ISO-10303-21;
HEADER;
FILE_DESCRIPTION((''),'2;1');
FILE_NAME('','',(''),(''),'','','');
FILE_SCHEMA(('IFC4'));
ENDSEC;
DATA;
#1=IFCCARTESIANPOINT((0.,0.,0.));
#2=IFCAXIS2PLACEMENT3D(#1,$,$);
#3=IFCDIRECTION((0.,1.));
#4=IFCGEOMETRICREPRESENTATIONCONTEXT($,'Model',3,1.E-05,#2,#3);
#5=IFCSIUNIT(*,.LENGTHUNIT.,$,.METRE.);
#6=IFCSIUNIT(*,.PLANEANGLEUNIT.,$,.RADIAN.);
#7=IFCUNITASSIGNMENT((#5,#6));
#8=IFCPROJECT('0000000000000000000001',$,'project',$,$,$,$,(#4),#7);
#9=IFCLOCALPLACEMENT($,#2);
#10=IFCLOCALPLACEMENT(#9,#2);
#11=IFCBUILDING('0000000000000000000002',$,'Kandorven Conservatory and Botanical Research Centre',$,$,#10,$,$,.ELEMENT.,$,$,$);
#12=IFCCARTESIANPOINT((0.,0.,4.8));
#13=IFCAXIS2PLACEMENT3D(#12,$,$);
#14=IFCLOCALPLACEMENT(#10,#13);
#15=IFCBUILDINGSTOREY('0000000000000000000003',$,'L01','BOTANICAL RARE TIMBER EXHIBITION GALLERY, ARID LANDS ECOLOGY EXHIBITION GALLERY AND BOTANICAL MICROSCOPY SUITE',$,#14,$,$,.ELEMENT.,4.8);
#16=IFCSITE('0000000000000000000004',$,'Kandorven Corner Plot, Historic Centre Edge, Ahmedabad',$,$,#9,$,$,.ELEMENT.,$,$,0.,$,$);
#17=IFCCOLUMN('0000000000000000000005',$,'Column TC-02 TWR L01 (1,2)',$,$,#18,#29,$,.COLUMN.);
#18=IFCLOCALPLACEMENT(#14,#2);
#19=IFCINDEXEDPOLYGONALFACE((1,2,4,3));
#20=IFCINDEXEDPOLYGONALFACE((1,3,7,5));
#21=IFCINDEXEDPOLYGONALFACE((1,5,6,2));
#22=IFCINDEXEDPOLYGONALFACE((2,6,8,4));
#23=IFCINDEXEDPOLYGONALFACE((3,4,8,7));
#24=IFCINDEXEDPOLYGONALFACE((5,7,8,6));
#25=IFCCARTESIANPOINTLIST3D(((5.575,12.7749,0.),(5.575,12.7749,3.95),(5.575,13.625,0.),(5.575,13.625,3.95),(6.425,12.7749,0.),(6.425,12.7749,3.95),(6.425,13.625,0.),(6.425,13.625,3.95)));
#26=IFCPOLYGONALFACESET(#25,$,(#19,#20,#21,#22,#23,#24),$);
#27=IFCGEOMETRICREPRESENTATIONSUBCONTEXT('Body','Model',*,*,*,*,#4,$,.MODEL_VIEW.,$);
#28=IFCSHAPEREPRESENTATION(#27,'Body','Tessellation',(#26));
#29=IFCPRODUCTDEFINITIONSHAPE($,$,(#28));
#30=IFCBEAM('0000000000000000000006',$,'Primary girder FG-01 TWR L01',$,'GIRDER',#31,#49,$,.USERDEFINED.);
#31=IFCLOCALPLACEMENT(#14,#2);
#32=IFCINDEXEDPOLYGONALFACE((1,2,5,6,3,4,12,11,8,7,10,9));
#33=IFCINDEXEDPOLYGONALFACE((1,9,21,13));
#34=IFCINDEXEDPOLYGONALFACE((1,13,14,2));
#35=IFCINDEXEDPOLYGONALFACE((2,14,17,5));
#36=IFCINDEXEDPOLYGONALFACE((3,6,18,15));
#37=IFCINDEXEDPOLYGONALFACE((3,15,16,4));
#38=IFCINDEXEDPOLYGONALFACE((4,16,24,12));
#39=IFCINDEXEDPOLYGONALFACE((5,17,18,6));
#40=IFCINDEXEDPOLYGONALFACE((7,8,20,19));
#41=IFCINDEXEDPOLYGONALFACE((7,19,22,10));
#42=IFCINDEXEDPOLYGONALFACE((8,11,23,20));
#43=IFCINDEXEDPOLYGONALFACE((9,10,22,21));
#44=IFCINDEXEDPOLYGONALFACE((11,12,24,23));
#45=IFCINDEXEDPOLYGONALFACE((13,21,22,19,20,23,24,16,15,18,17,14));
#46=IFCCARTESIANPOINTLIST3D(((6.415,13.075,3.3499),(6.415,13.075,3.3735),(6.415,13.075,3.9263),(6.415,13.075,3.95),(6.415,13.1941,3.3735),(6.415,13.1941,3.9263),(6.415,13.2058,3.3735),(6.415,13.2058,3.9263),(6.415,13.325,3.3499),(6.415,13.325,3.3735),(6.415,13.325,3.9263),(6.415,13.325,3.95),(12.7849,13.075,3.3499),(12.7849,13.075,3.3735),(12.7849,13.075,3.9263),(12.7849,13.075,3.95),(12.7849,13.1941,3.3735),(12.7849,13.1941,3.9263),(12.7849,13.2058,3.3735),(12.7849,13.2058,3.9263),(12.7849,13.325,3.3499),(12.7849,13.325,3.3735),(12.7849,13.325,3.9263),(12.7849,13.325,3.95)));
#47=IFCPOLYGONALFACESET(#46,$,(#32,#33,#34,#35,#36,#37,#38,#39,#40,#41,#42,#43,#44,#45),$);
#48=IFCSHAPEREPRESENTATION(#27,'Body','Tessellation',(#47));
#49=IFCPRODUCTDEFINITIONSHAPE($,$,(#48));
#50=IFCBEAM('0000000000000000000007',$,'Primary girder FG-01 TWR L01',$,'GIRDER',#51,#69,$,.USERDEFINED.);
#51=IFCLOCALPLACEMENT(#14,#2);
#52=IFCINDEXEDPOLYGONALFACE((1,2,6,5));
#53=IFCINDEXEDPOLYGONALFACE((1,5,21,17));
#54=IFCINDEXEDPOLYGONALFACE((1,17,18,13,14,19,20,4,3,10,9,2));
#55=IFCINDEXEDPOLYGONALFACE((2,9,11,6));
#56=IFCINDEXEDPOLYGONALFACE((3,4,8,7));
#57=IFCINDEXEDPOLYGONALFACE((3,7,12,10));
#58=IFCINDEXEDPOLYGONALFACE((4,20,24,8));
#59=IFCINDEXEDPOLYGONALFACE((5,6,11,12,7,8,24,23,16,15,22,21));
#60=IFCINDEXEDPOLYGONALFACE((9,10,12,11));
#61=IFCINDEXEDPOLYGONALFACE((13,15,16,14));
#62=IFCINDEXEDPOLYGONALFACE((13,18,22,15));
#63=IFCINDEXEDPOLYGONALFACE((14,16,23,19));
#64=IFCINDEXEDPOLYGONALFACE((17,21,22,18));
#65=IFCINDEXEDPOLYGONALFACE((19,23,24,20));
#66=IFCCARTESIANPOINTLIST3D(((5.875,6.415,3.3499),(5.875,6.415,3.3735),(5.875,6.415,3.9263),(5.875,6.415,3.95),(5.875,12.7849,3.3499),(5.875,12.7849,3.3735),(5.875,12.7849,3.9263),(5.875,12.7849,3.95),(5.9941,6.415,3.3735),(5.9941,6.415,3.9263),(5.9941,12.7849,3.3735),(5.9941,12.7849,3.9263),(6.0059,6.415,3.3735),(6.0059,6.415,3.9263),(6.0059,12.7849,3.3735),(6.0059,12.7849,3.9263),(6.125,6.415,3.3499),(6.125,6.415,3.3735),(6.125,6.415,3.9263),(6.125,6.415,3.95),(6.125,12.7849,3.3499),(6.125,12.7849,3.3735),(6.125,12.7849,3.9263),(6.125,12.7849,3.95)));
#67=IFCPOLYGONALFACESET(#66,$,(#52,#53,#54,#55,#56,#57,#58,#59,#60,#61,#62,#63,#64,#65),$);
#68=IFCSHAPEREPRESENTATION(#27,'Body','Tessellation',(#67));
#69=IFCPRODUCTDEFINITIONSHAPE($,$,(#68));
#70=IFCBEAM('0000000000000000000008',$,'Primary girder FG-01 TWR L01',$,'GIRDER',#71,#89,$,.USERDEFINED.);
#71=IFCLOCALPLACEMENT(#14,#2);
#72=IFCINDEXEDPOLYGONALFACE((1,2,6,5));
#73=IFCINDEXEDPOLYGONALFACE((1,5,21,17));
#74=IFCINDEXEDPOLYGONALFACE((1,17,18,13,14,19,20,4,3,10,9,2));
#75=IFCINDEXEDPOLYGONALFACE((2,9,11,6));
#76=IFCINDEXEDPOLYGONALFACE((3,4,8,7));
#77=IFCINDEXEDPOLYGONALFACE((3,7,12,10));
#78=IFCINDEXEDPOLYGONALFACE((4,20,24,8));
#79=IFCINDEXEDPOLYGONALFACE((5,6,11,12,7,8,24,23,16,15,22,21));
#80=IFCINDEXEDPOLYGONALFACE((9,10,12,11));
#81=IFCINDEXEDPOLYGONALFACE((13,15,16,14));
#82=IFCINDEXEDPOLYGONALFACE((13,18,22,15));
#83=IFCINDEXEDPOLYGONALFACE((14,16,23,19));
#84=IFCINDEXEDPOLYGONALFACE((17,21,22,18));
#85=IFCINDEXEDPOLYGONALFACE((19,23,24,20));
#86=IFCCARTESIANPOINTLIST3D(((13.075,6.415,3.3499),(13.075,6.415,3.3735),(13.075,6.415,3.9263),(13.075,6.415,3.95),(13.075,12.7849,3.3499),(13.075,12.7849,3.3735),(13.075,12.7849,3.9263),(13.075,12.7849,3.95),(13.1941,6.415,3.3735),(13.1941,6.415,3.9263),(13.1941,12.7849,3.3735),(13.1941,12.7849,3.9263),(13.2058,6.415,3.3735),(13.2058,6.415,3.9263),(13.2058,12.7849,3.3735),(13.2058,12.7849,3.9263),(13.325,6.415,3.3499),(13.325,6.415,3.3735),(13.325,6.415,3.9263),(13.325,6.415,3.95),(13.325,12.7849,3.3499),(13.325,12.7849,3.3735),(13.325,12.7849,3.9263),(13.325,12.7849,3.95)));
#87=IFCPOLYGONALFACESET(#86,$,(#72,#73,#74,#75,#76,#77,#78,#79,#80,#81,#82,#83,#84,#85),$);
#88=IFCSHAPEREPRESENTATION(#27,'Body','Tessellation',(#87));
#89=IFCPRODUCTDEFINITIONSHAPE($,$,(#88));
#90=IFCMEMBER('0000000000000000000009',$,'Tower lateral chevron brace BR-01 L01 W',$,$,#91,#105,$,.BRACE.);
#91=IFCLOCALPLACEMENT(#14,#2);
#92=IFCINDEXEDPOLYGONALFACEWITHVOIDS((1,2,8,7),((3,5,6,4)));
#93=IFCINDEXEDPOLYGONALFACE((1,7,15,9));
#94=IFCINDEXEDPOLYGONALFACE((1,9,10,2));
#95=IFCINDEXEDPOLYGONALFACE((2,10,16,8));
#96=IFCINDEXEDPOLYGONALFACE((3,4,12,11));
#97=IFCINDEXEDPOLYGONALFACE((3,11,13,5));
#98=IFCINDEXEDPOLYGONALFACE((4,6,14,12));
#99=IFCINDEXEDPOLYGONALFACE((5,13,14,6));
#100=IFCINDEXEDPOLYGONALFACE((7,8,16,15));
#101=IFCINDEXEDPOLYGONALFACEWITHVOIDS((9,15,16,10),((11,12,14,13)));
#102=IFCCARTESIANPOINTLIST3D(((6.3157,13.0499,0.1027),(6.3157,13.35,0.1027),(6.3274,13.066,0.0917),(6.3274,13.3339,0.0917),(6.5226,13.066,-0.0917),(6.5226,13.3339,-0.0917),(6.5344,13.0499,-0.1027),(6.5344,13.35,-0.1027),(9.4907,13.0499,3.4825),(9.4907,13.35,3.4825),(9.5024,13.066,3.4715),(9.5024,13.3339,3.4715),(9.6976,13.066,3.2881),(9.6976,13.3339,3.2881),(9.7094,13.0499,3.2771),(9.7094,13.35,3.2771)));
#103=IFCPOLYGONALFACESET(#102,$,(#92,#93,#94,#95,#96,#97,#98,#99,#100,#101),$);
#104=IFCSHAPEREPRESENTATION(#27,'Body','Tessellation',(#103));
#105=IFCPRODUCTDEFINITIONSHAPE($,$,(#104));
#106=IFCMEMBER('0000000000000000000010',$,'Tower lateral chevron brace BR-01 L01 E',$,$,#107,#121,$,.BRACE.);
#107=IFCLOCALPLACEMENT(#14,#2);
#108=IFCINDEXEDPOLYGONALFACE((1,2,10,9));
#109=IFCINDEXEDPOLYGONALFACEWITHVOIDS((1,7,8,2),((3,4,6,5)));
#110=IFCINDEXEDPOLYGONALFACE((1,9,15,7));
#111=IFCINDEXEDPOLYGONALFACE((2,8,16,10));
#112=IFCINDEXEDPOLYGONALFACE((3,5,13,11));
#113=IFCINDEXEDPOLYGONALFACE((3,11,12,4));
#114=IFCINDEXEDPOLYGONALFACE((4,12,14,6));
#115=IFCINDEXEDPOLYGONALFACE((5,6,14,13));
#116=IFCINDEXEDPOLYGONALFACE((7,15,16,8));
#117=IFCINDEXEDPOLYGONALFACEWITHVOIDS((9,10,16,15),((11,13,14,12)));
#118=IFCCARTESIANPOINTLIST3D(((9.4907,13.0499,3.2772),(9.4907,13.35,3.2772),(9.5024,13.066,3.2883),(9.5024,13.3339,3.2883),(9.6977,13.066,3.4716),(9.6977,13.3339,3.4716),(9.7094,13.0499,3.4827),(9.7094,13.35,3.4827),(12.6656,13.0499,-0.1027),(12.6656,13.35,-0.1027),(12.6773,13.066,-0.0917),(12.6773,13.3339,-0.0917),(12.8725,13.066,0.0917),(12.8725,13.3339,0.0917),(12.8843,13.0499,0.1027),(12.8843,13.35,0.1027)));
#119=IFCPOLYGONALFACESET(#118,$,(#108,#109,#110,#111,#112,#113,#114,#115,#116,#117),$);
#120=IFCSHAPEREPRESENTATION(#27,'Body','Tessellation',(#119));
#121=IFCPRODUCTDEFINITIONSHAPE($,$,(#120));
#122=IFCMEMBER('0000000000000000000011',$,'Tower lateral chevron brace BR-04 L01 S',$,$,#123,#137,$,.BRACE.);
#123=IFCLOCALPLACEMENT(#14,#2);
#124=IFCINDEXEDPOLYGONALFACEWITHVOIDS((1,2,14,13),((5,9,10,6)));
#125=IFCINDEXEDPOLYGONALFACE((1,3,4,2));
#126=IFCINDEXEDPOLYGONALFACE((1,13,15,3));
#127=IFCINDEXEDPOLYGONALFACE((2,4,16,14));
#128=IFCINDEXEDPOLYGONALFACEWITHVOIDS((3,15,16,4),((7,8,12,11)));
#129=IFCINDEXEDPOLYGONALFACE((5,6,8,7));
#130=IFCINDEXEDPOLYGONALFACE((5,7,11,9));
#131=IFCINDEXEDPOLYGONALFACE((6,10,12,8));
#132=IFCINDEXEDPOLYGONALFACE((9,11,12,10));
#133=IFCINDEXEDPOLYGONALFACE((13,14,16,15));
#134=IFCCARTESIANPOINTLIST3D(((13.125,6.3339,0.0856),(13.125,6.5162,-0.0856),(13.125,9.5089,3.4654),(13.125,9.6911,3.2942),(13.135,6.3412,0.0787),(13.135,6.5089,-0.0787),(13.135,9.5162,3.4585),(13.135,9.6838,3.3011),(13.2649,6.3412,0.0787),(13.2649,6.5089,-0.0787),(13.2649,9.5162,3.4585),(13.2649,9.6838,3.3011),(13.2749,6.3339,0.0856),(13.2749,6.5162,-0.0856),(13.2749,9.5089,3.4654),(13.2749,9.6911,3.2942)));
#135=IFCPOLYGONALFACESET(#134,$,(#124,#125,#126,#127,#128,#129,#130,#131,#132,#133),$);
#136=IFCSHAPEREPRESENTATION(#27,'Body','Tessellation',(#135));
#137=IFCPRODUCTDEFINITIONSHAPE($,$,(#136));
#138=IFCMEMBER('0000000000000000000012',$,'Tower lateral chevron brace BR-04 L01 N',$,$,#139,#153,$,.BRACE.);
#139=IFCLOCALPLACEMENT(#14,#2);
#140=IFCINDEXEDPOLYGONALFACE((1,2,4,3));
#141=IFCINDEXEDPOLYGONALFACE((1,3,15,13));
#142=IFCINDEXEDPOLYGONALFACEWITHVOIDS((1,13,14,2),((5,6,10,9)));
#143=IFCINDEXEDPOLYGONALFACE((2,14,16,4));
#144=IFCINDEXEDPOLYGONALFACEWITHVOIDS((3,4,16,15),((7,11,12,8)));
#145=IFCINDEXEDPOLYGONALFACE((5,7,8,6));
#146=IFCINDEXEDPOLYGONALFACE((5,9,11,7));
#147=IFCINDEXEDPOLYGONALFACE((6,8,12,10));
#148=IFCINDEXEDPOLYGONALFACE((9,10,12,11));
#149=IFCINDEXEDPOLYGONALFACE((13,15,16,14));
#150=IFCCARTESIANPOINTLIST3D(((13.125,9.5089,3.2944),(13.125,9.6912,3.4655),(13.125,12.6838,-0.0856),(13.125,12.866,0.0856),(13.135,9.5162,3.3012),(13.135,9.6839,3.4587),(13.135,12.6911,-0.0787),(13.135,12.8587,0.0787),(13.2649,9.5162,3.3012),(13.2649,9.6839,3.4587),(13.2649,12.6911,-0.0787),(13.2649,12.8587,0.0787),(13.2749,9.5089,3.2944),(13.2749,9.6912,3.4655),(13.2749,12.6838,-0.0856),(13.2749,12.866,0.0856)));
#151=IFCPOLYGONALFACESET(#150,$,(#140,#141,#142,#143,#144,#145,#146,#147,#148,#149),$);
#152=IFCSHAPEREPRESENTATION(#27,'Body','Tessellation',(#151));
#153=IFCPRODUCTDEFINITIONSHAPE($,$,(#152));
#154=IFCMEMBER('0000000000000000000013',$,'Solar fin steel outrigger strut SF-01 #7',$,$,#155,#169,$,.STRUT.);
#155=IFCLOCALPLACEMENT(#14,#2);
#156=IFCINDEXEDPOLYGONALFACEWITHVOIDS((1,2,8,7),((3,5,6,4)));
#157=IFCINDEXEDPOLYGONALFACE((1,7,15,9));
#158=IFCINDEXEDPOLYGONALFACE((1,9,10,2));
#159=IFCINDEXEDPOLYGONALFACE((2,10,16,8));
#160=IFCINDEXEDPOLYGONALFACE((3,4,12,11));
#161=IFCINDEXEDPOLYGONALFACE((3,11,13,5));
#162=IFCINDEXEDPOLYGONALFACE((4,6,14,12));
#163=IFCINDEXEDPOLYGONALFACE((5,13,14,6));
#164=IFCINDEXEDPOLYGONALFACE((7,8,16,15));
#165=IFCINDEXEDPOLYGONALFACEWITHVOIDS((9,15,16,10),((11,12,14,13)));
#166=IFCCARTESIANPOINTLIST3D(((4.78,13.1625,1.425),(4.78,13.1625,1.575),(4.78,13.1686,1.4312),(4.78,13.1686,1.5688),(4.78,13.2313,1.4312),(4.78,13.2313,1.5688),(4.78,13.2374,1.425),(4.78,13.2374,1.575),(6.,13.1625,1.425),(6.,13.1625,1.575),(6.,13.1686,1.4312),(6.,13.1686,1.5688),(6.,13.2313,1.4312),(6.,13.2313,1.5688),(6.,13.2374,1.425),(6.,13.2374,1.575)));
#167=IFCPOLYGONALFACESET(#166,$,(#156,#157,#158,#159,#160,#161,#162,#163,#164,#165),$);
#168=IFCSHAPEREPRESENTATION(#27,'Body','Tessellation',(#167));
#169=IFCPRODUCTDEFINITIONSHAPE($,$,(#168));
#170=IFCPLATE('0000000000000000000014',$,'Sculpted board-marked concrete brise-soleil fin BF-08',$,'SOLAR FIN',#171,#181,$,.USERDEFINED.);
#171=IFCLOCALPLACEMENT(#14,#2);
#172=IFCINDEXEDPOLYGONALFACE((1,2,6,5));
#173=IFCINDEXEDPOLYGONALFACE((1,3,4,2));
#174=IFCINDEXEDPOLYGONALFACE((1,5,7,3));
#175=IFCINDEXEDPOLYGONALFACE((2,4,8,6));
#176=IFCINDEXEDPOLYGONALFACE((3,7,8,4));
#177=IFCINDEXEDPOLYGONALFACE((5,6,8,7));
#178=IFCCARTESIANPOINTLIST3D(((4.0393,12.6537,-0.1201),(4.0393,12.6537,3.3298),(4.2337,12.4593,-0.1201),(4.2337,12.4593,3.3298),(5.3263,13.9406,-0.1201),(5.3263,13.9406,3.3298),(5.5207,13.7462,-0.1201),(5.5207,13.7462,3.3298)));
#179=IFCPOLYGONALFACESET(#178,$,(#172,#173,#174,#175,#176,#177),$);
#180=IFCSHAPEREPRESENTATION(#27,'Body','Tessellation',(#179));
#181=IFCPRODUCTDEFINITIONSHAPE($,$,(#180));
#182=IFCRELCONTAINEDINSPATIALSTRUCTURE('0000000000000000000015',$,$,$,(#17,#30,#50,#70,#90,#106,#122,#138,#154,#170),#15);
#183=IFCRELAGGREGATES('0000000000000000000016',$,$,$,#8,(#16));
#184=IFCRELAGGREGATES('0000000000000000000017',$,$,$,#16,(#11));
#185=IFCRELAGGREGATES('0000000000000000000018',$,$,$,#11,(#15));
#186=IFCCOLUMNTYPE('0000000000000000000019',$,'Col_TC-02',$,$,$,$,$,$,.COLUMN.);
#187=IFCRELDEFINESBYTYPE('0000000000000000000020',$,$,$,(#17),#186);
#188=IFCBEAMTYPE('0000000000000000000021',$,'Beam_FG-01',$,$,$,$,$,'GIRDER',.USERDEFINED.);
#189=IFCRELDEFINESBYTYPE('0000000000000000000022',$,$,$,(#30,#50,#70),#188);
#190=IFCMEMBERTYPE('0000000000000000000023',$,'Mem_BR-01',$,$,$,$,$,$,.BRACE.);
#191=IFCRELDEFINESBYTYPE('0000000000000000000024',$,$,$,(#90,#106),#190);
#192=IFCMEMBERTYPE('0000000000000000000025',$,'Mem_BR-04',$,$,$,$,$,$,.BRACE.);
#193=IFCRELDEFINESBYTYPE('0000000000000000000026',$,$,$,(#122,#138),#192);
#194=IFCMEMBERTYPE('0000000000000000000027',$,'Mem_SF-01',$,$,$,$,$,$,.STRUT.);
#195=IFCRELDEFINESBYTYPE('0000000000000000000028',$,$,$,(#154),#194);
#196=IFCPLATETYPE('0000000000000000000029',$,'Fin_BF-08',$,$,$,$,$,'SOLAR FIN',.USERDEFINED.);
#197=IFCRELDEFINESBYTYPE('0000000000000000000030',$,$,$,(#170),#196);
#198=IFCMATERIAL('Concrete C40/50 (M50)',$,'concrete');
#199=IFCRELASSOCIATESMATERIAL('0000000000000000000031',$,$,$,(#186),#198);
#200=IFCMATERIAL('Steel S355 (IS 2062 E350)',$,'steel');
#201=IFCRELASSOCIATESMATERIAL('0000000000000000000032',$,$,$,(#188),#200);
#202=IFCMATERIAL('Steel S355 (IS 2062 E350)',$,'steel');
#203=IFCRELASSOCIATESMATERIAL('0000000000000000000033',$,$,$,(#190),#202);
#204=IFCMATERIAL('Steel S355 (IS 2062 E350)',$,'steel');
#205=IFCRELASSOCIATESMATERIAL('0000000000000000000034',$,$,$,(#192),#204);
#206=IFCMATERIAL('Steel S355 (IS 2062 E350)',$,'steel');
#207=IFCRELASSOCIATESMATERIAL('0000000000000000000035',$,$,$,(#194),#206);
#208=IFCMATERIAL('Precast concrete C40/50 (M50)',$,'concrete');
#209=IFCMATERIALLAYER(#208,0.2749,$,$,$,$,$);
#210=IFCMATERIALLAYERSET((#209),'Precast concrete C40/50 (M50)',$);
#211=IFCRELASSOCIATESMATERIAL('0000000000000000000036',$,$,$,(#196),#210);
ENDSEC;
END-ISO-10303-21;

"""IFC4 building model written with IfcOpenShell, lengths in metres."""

from ifc_helpers import new_model, si_unit, direction, frame, origin, origin_2d, place, context, subcontext, project, spatial, rectangle, hollow_rectangle, i_section, extrude, material, layer, layer_set, material_profile, profile_set, type_object, element, save


model = new_model("IFC4")

# Units and contexts
model_context = context("Model", 3, precision=1e-05, world=origin(), true_north=direction((0.0, 1.0)))
body_context = subcontext(model_context, "Body", "Model", "MODEL_VIEW")
ifc_project = project(units=[si_unit("LENGTHUNIT", "METRE"), si_unit("PLANEANGLEUNIT", "RADIAN")], contexts=[model_context])

# Site, building, storey
site_placement = place(None, origin())
site = spatial("IfcSite", under=ifc_project, at=site_placement, Name="Kandorven Corner Plot, Historic Centre Edge, Ahmedabad", CompositionType="ELEMENT", RefElevation=0.0)
building_placement = place(site_placement, origin())
building = spatial("IfcBuilding", under=site, at=building_placement, Name="Kandorven Conservatory and Botanical Research Centre", CompositionType="ELEMENT")
storey_placement = place(building_placement, frame((0.0, 0.0, 4.8)))
storey = spatial("IfcBuildingStorey", under=building, at=storey_placement, Name="L01", Description="BOTANICAL RARE TIMBER EXHIBITION GALLERY, ARID LANDS ECOLOGY EXHIBITION GALLERY AND BOTANICAL MICROSCOPY SUITE", CompositionType="ELEMENT", Elevation=4.8)

# Column
ifc_material_1 = material(Name="Concrete C40/50 (M50)", Category="concrete")
ifc_material_profile_1 = material_profile(ifc_material_1, rectangle(XDim=0.8501, YDim=0.8501, at=origin_2d()))
ifc_profile_set_1 = profile_set([ifc_material_profile_1], Name="Concrete C40/50 (M50)")
column_type = type_object("IfcColumnType", Name="Col_TC-02", PredefinedType="COLUMN", material=ifc_profile_set_1)
column_placement = place(storey_placement, frame((6.0, 13.2, 0.0), z_axis=(0.0, 0.0, 1.0), x_axis=(1.0, 0.0, 0.0)))
element("IfcColumn", 1, at=column_placement, inside=storey, type_object=column_type, Name="Column TC-02 TWR L01 (1,2)", PredefinedType="COLUMN", context=body_context, shape_type="SweptSolid", body=[
    extrude(rectangle(XDim=0.8501, YDim=0.8501, at=origin_2d()), origin(), (0.0, 0.0, 1.0), 3.95),
])

# Beams
ifc_material_2 = material(Name="Steel S355 (IS 2062 E350)", Category="steel")
ifc_material_profile_2 = material_profile(ifc_material_2, i_section(OverallWidth=0.25, OverallDepth=0.6001, WebThickness=0.0117, FlangeThickness=0.0237, at=origin_2d()))
ifc_profile_set_2 = profile_set([ifc_material_profile_2], Name="Steel S355 (IS 2062 E350)")
beam_type = type_object("IfcBeamType", Name="Beam_FG-01", ElementType="GIRDER", PredefinedType="USERDEFINED", material=ifc_profile_set_2)
for number, where, z_axis, x_axis, name in (
    (2, (6.415, 13.2, 3.6499), (1.0, 0.0, 0.0), (0.0, 1.0, 0.0), "Primary girder FG-01 TWR L01"),
    (3, (6.0, 6.415, 3.6499), (0.0, 1.0, 0.0), (-1.0, 0.0, 0.0), "Primary girder FG-01 TWR L01"),
    (4, (13.2, 6.415, 3.6499), (0.0, 1.0, 0.0), (-1.0, 0.0, 0.0), "Primary girder FG-01 TWR L01"),
):
    element("IfcBeam", number, at=place(storey_placement, frame(where, z_axis=z_axis, x_axis=x_axis)), inside=storey, type_object=beam_type, Name=name, ObjectType="GIRDER", PredefinedType="USERDEFINED", context=body_context, shape_type="SweptSolid", body=[
        extrude(i_section(OverallWidth=0.25, OverallDepth=0.6001, WebThickness=0.0117, FlangeThickness=0.0237, at=origin_2d()), origin(), (0.0, 0.0, 1.0), 6.3699),
    ])

# Members
ifc_material_3 = material(Name="Steel S355 (IS 2062 E350)", Category="steel")
ifc_material_profile_3 = material_profile(ifc_material_3, hollow_rectangle(XDim=0.3, YDim=0.3, WallThickness=0.0161, at=origin_2d()))
ifc_profile_set_3 = profile_set([ifc_material_profile_3], Name="Steel S355 (IS 2062 E350)")
member_type_1 = type_object("IfcMemberType", Name="Mem_BR-01", PredefinedType="BRACE", material=ifc_profile_set_3)
for number, where, z_axis, x_axis, name in (
    (5, (6.425, 13.2, 0.0), (0.684676, 0.0, 0.728847), (0.0, 1.0, 0.0), "Tower lateral chevron brace BR-01 L01 W"),
    (6, (12.7749, 13.2, 0.0), (-0.684648, 0.0, 0.728874), (0.0, -1.0, 0.0), "Tower lateral chevron brace BR-01 L01 E"),
):
    element("IfcMember", number, at=place(storey_placement, frame(where, z_axis=z_axis, x_axis=x_axis)), inside=storey, type_object=member_type_1, Name=name, PredefinedType="BRACE", context=body_context, shape_type="SweptSolid", body=[
        extrude(hollow_rectangle(XDim=0.3, YDim=0.3, WallThickness=0.0161, at=origin_2d()), origin(), (0.0, 0.0, 1.0), 4.6372),
    ])
ifc_material_4 = material(Name="Steel S355 (IS 2062 E350)", Category="steel")
ifc_material_profile_4 = material_profile(ifc_material_4, hollow_rectangle(XDim=0.1499, YDim=0.25, WallThickness=0.01, at=origin_2d()))
ifc_profile_set_4 = profile_set([ifc_material_profile_4], Name="Steel S355 (IS 2062 E350)")
member_type_2 = type_object("IfcMemberType", Name="Mem_BR-04", PredefinedType="BRACE", material=ifc_profile_set_4)
for number, where, z_axis, x_axis, name in (
    (7, (13.2, 6.425, 0.0), (0.0, 0.684676, 0.728847), (-1.0, 0.0, 0.0), "Tower lateral chevron brace BR-04 L01 S"),
    (8, (13.2, 12.7749, 0.0), (0.0, -0.684648, 0.728874), (1.0, 0.0, 0.0), "Tower lateral chevron brace BR-04 L01 N"),
):
    element("IfcMember", number, at=place(storey_placement, frame(where, z_axis=z_axis, x_axis=x_axis)), inside=storey, type_object=member_type_2, Name=name, PredefinedType="BRACE", context=body_context, shape_type="SweptSolid", body=[
        extrude(hollow_rectangle(XDim=0.1499, YDim=0.25, WallThickness=0.01, at=origin_2d()), origin(), (0.0, 0.0, 1.0), 4.6372),
    ])
ifc_material_5 = material(Name="Steel S355 (IS 2062 E350)", Category="steel")
ifc_material_profile_5 = material_profile(ifc_material_5, hollow_rectangle(XDim=0.075, YDim=0.1499, WallThickness=0.0061, at=origin_2d()))
ifc_profile_set_5 = profile_set([ifc_material_profile_5], Name="Steel S355 (IS 2062 E350)")
member_type_3 = type_object("IfcMemberType", Name="Mem_SF-01", PredefinedType="STRUT", material=ifc_profile_set_5)
member_placement = place(storey_placement, frame((6.0, 13.2, 1.5), z_axis=(-1.0, 0.0, 0.0), x_axis=(0.0, -1.0, 0.0)))
element("IfcMember", 9, at=member_placement, inside=storey, type_object=member_type_3, Name="Solar fin steel outrigger strut SF-01 #7", PredefinedType="STRUT", context=body_context, shape_type="SweptSolid", body=[
    extrude(hollow_rectangle(XDim=0.075, YDim=0.1499, WallThickness=0.0061, at=origin_2d()), origin(), (0.0, 0.0, 1.0), 1.22),
])

# Plate
ifc_material_6 = material(Name="Precast concrete C40/50 (M50)", Category="concrete")
ifc_layer_1 = layer(ifc_material_6, 0.2749)
ifc_layer_set_1 = layer_set([ifc_layer_1], Name="Precast concrete C40/50 (M50)")
plate_type = type_object("IfcPlateType", Name="Fin_BF-08", ElementType="SOLAR FIN", PredefinedType="USERDEFINED", material=ifc_layer_set_1)
plate_placement = place(storey_placement, frame((4.78, 13.2, -0.1201), z_axis=(0.0, 0.0, 1.0), x_axis=(0.707107, 0.707107, 0.0)))
element("IfcPlate", 10, at=plate_placement, inside=storey, type_object=plate_type, Name="Sculpted board-marked concrete brise-soleil fin BF-08", ObjectType="SOLAR FIN", PredefinedType="USERDEFINED", context=body_context, shape_type="SweptSolid", body=[
    extrude(rectangle(XDim=1.8201, YDim=0.2749, at=origin_2d()), origin(), (0.0, 0.0, 1.0), 3.45),
])

save(model, "model.ifc")
